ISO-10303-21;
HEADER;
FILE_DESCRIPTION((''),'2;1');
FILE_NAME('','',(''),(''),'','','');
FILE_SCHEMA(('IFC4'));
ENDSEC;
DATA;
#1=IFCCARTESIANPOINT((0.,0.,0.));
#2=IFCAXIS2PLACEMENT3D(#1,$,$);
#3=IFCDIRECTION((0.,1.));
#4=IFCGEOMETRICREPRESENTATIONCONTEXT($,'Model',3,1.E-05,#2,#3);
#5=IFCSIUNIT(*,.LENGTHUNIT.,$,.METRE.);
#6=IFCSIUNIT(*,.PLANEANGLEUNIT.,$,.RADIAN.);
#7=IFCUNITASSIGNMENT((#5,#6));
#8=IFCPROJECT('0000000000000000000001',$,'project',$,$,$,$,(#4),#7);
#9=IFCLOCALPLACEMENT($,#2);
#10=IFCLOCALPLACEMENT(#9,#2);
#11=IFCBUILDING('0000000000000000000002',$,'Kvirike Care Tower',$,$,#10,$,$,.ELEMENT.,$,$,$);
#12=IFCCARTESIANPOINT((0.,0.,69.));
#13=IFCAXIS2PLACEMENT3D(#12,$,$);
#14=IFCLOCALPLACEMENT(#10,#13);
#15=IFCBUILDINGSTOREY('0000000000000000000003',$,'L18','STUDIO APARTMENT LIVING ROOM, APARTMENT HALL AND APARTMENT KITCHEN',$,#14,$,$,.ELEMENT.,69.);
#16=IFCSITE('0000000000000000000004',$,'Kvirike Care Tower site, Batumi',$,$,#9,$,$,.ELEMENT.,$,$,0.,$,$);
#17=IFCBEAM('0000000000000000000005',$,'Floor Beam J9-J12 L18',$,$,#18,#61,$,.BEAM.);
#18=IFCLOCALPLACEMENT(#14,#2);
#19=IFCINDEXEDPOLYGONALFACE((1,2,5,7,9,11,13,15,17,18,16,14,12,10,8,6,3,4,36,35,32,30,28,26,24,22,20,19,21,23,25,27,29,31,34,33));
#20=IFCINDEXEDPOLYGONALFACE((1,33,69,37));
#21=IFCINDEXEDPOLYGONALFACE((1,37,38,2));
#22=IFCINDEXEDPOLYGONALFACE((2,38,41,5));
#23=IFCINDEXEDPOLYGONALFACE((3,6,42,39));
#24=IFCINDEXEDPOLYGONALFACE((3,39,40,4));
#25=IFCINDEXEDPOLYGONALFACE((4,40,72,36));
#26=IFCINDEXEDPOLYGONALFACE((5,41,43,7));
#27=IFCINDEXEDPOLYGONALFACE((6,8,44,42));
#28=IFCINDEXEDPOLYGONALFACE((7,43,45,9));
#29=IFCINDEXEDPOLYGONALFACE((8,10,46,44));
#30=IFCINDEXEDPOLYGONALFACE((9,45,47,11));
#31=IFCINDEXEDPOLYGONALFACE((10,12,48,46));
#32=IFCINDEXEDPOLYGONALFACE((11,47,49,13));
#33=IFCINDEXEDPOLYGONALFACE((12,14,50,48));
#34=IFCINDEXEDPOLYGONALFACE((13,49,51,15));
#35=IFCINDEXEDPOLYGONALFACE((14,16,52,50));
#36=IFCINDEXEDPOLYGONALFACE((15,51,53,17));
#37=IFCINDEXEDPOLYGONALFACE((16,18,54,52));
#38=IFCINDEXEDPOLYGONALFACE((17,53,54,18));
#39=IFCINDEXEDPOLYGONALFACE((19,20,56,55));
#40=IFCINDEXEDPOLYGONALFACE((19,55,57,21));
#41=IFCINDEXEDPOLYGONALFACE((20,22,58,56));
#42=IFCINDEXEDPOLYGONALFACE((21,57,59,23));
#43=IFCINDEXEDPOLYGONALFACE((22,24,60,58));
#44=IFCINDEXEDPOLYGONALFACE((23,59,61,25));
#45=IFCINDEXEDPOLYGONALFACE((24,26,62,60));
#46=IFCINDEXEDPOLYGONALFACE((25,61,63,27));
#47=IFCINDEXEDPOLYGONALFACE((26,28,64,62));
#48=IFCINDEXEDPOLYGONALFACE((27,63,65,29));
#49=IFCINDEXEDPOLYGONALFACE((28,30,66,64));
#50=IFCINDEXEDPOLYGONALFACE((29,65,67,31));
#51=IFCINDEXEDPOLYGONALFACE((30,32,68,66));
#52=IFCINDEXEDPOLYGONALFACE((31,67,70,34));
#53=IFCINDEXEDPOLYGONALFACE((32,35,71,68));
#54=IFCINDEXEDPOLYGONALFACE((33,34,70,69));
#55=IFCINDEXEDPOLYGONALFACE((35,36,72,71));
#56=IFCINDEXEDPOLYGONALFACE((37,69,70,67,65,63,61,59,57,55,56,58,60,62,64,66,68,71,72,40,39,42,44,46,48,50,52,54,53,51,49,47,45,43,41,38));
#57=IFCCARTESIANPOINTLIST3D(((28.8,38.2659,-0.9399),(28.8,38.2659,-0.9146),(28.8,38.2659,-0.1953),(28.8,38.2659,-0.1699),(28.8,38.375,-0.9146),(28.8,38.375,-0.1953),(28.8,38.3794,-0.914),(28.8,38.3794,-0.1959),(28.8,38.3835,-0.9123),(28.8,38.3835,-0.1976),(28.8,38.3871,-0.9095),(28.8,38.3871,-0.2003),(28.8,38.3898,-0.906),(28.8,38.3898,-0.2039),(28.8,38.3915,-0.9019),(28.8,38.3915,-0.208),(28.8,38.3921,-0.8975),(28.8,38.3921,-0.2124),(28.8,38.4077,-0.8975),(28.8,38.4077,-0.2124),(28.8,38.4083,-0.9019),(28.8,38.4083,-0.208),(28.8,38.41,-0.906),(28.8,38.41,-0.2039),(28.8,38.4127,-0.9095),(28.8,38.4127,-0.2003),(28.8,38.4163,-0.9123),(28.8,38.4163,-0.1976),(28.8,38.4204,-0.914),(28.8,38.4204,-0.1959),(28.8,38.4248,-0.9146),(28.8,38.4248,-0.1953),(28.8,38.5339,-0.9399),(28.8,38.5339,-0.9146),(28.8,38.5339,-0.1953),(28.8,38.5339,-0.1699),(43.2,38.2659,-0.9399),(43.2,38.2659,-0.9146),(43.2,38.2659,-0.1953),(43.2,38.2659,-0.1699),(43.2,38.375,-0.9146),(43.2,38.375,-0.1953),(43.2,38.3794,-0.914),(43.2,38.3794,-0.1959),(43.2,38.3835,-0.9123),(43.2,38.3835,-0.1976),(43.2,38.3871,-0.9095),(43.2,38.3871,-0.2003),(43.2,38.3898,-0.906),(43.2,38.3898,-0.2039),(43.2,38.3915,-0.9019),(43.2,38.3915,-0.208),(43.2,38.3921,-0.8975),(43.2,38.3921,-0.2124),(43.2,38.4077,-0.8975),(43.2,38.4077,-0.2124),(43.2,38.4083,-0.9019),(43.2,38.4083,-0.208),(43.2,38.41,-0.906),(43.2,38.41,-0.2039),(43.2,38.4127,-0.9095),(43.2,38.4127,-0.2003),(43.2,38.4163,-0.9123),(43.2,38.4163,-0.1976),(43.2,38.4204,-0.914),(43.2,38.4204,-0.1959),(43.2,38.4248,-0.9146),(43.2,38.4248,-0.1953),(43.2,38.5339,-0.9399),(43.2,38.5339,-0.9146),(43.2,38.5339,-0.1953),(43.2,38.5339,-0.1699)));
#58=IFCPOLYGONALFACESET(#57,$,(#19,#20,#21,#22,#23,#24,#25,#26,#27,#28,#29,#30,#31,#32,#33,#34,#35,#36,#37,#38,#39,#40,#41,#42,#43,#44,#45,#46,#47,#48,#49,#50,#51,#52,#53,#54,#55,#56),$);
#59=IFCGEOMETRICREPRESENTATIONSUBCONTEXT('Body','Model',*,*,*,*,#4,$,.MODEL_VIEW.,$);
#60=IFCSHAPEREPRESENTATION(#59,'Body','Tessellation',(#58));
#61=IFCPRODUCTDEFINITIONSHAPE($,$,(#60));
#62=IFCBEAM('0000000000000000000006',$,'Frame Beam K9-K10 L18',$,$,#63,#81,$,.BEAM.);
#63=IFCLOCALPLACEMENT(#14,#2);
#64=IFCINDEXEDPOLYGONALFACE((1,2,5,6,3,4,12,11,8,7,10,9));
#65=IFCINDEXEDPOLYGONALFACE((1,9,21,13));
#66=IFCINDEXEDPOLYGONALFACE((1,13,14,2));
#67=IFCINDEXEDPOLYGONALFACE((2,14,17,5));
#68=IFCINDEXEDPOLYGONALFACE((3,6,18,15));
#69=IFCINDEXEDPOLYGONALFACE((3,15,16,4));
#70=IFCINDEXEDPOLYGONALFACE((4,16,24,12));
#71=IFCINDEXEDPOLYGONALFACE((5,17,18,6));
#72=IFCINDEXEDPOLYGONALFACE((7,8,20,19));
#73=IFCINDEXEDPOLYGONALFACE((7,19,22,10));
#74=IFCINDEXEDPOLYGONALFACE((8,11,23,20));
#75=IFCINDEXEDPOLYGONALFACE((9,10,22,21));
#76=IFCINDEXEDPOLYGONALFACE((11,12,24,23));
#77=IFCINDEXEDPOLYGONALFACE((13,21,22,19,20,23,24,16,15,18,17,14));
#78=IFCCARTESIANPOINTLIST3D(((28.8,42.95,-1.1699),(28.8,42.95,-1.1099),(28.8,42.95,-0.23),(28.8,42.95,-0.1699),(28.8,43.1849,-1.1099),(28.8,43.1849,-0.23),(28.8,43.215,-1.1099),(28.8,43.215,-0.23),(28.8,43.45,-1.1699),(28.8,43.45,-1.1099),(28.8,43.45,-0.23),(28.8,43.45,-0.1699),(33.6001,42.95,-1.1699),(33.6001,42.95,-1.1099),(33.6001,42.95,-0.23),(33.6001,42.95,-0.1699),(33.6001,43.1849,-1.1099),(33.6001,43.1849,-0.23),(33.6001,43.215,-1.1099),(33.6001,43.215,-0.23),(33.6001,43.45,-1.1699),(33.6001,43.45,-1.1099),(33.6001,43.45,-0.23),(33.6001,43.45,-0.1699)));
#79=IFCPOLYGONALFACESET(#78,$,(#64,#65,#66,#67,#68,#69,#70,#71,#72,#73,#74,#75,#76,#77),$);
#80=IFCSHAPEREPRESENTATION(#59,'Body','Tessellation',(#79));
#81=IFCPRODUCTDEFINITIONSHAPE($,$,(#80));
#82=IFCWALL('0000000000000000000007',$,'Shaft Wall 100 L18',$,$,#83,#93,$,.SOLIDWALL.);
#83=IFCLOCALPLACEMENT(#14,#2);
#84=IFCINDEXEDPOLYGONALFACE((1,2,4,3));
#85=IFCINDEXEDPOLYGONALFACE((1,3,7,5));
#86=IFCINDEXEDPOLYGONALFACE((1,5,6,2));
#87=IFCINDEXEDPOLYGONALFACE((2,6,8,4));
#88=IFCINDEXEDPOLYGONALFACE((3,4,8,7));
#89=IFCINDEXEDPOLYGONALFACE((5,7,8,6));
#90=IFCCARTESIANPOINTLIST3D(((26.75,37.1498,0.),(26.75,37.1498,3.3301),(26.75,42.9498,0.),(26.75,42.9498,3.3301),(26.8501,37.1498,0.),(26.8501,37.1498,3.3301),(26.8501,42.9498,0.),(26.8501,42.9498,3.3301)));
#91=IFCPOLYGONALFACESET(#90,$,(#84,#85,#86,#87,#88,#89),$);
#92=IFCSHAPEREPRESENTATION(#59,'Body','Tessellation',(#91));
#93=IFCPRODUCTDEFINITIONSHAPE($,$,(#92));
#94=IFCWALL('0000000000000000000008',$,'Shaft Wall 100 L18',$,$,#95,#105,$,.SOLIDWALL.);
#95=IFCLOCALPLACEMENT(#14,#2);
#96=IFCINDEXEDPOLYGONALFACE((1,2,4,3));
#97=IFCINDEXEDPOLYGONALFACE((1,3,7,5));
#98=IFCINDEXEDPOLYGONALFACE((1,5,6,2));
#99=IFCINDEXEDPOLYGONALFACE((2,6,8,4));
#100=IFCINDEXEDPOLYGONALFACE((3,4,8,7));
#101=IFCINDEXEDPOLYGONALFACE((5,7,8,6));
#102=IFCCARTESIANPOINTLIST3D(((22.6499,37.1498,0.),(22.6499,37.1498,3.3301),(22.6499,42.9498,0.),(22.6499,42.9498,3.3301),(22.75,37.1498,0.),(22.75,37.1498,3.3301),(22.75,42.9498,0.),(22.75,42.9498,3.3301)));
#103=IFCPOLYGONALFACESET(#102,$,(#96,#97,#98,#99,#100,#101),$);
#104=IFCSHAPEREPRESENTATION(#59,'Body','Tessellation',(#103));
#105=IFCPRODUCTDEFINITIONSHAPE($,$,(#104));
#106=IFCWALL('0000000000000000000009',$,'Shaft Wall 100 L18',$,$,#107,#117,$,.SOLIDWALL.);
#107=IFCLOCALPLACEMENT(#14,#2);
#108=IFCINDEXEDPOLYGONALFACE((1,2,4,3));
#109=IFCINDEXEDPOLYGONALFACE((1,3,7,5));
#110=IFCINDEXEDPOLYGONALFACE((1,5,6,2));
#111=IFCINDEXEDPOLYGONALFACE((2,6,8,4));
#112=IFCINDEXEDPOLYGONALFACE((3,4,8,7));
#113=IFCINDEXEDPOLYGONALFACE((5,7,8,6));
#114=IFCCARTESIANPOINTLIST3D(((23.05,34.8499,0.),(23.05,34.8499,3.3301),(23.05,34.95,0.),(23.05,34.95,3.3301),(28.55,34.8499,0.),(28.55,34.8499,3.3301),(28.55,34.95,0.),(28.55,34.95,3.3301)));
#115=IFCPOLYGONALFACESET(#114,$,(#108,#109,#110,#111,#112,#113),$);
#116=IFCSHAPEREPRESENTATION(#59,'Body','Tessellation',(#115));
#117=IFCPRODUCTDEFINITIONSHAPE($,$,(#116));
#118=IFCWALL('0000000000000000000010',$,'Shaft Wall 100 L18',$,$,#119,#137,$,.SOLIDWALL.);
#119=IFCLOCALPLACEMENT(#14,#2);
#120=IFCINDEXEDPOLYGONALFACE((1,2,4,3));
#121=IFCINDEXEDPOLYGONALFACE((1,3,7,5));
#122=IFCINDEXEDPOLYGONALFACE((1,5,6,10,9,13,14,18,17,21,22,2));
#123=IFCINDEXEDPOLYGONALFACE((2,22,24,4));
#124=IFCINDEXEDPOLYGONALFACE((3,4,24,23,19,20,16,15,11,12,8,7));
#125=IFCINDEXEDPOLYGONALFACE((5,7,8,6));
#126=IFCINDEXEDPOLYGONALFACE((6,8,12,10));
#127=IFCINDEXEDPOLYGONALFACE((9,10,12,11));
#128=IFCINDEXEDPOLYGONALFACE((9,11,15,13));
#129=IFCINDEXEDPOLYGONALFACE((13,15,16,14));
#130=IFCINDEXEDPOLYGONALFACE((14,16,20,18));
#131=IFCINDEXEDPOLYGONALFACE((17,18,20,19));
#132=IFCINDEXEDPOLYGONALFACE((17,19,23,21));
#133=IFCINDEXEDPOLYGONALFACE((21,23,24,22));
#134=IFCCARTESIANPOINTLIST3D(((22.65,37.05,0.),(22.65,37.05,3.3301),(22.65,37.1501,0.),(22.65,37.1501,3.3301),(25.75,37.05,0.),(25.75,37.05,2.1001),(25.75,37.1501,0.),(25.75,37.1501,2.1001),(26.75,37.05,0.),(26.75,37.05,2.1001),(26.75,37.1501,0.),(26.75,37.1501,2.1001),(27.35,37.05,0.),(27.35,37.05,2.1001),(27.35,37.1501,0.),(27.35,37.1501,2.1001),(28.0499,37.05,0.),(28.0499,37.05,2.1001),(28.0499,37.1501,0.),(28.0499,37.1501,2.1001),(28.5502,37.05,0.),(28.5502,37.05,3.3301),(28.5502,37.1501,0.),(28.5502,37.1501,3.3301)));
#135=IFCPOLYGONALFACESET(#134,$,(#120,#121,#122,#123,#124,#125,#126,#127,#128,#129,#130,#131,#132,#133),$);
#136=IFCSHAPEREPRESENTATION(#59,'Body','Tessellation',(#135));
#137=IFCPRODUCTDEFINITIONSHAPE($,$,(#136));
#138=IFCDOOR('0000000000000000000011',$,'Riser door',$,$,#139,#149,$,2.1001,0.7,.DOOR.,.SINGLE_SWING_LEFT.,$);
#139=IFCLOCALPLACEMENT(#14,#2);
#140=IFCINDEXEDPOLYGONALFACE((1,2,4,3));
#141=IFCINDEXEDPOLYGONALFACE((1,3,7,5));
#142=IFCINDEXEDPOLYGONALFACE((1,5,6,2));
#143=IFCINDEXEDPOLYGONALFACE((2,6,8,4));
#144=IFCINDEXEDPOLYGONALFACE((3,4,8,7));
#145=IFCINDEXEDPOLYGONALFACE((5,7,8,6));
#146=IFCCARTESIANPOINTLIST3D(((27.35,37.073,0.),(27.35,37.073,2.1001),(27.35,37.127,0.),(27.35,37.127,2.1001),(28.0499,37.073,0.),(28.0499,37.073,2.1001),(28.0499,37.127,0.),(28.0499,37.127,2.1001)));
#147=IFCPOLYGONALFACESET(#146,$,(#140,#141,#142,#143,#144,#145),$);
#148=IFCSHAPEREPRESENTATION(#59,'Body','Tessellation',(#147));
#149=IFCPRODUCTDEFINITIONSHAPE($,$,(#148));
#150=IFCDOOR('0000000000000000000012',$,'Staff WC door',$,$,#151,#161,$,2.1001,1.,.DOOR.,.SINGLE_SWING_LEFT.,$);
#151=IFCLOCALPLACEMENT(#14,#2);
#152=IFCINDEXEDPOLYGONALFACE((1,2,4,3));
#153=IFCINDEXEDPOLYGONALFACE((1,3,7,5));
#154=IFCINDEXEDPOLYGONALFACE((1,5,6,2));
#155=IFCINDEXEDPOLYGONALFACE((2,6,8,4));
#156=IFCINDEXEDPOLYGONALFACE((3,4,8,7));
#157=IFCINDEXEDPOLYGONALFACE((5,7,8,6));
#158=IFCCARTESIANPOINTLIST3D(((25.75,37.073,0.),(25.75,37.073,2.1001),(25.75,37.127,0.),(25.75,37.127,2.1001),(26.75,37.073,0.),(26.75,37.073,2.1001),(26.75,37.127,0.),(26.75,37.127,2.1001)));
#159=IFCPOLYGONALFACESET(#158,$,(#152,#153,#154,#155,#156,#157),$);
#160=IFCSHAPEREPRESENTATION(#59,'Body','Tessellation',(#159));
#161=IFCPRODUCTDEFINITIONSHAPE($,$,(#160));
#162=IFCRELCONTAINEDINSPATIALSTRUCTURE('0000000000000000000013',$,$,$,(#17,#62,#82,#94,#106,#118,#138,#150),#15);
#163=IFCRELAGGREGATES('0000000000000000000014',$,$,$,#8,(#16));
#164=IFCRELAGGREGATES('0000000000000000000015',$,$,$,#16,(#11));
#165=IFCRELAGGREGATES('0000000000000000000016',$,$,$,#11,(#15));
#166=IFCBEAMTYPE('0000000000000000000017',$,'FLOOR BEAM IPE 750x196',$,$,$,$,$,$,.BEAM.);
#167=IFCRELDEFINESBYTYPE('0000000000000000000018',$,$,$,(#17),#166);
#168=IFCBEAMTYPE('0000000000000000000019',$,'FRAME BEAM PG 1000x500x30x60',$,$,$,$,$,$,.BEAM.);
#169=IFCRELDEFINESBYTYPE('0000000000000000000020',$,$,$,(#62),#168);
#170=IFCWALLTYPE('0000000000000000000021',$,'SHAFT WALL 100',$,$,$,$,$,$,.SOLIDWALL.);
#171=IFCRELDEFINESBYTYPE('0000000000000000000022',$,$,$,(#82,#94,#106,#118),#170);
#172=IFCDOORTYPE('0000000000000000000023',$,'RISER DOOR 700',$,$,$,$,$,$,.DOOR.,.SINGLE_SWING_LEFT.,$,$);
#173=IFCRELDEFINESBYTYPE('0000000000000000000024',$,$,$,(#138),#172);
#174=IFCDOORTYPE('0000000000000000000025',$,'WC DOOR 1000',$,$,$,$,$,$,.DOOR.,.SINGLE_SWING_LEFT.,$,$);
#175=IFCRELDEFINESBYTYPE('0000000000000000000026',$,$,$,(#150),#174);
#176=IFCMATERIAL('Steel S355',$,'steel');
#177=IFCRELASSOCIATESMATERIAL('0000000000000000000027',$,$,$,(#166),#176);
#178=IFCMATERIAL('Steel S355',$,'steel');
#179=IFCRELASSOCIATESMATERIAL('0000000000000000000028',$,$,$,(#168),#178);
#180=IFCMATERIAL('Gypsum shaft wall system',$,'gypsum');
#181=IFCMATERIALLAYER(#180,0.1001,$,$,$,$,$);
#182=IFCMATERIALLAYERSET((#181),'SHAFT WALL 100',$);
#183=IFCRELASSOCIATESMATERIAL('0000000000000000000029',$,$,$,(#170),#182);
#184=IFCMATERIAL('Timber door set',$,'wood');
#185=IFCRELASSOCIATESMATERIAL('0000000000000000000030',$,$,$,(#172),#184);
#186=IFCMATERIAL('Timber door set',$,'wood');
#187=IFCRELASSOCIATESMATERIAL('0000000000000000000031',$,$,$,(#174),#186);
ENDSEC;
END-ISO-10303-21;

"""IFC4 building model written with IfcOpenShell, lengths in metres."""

from ifc_helpers import new_model, si_unit, direction, frame, frame_2d, origin, origin_2d, place, context, subcontext, project, spatial, rectangle, i_section, extrude, material, layer, layer_set, material_profile, profile_set, type_object, element, fill, save


model = new_model("IFC4")

# Units and contexts
model_context = context("Model", 3, precision=1e-05, world=origin(), true_north=direction((0.0, 1.0)))
body_context = subcontext(model_context, "Body", "Model", "MODEL_VIEW")
ifc_project = project(units=[si_unit("LENGTHUNIT", "METRE"), si_unit("PLANEANGLEUNIT", "RADIAN")], contexts=[model_context])

# Site, building, storey
site_placement = place(None, origin())
site = spatial("IfcSite", under=ifc_project, at=site_placement, Name="Kvirike Care Tower site, Batumi", CompositionType="ELEMENT", RefElevation=0.0)
building_placement = place(site_placement, origin())
building = spatial("IfcBuilding", under=site, at=building_placement, Name="Kvirike Care Tower", CompositionType="ELEMENT")
storey_placement = place(building_placement, frame((0.0, 0.0, 69.0)))
storey = spatial("IfcBuildingStorey", under=building, at=storey_placement, Name="L18", Description="STUDIO APARTMENT LIVING ROOM, APARTMENT HALL AND APARTMENT KITCHEN", CompositionType="ELEMENT", Elevation=69.0)

# Beams
ifc_material_1 = material(Name="Steel S355", Category="steel")
ifc_material_profile_1 = material_profile(ifc_material_1, i_section(OverallWidth=0.2681, OverallDepth=0.77, WebThickness=0.0156, FlangeThickness=0.0254, FilletRadius=0.0171, at=origin_2d()), Name="IPE 750x196")
ifc_profile_set_1 = profile_set([ifc_material_profile_1], Name="Steel S355")
beam_type_1 = type_object("IfcBeamType", Name="FLOOR BEAM IPE 750x196", PredefinedType="BEAM", material=ifc_profile_set_1)
beam_1_placement = place(storey_placement, frame((28.8, 38.3999, -0.5549), z_axis=(1.0, 0.0, 0.0), x_axis=(0.0, 1.0, 0.0)))
element("IfcBeam", 1, at=beam_1_placement, inside=storey, type_object=beam_type_1, Name="Floor Beam J9-J12 L18", PredefinedType="BEAM", context=body_context, shape_type="SweptSolid", body=[
    extrude(i_section(OverallWidth=0.2681, OverallDepth=0.77, WebThickness=0.0156, FlangeThickness=0.0254, FilletRadius=0.0171, at=origin_2d()), origin(), (0.0, 0.0, 1.0), 14.3999),
])
ifc_material_2 = material(Name="Steel S355", Category="steel")
ifc_material_profile_2 = material_profile(ifc_material_2, i_section(OverallWidth=0.5, OverallDepth=1.0, WebThickness=0.03, FlangeThickness=0.0601, at=origin_2d()), Name="PG 1000x500x30x60")
ifc_profile_set_2 = profile_set([ifc_material_profile_2], Name="Steel S355")
beam_type_2 = type_object("IfcBeamType", Name="FRAME BEAM PG 1000x500x30x60", PredefinedType="BEAM", material=ifc_profile_set_2)
beam_2_placement = place(storey_placement, frame((28.8, 43.2, -0.6699), z_axis=(1.0, 0.0, 0.0), x_axis=(0.0, 1.0, 0.0)))
element("IfcBeam", 2, at=beam_2_placement, inside=storey, type_object=beam_type_2, Name="Frame Beam K9-K10 L18", PredefinedType="BEAM", context=body_context, shape_type="SweptSolid", body=[
    extrude(i_section(OverallWidth=0.5, OverallDepth=1.0, WebThickness=0.03, FlangeThickness=0.0601, at=origin_2d()), origin(), (0.0, 0.0, 1.0), 4.8),
])

# Walls
ifc_material_3 = material(Name="Gypsum shaft wall system", Category="gypsum")
ifc_layer = layer(ifc_material_3, 0.1001)
ifc_layer_set = layer_set([ifc_layer], Name="SHAFT WALL 100")
wall_type = type_object("IfcWallType", Name="SHAFT WALL 100", PredefinedType="SOLIDWALL", material=ifc_layer_set)
for number, where, z_axis, x_axis, name in (
    (3, (26.8, 37.1499, 0.0), (0.0, 0.0, 1.0), (0.0, 1.0, 0.0), "Shaft Wall 100 L18"),
    (4, (22.7, 37.1499, 0.0), (0.0, 0.0, 1.0), (0.0, 1.0, 0.0), "Shaft Wall 100 L18"),
):
    element("IfcWall", number, at=place(storey_placement, frame(where, z_axis=z_axis, x_axis=x_axis)), inside=storey, type_object=wall_type, Name=name, PredefinedType="SOLIDWALL", context=body_context, shape_type="SweptSolid", body=[
        extrude(rectangle(XDim=5.8, YDim=0.1001, at=frame_2d((2.8999, 0.0))), origin(), (0.0, 0.0, 1.0), 3.3301),
    ])
wall_1_placement = place(storey_placement, frame((23.05, 34.8999, 0.0), z_axis=(0.0, 0.0, 1.0), x_axis=(1.0, 0.0, 0.0)))
element("IfcWall", 5, at=wall_1_placement, inside=storey, type_object=wall_type, Name="Shaft Wall 100 L18", PredefinedType="SOLIDWALL", context=body_context, shape_type="SweptSolid", body=[
    extrude(rectangle(XDim=5.5, YDim=0.1001, at=frame_2d((2.75, 0.0))), origin(), (0.0, 0.0, 1.0), 3.3301),
])

# Wall, openings, doors
wall_2_placement = place(storey_placement, frame((22.6499, 37.1001, 0.0), z_axis=(0.0, 0.0, 1.0), x_axis=(1.0, 0.0, 0.0)))
wall_2 = element("IfcWall", 6, at=wall_2_placement, inside=storey, type_object=wall_type, Name="Shaft Wall 100 L18", PredefinedType="SOLIDWALL", context=body_context, shape_type="SweptSolid", body=[
    extrude(rectangle(XDim=5.9001, YDim=0.1001, at=frame_2d((2.9502, 0.0))), origin(), (0.0, 0.0, 1.0), 3.3301),
])
opening_1_placement = place(wall_2_placement, frame((3.1001, 0.0, 0.0)))
opening_1 = element("IfcOpeningElement", 7, at=opening_1_placement, cuts=wall_2, PredefinedType="OPENING", context=body_context, shape_type="SweptSolid", body=[
    extrude(rectangle(XDim=1.0, YDim=2.1001, at=frame_2d((0.5, 1.05))), frame((0.0, 0.0605, 0.0), z_axis=(0.0, -1.0, 0.0), x_axis=(1.0, 0.0, 0.0)), (0.0, 0.0, 1.0), 0.1211),
])
opening_2_placement = place(wall_2_placement, frame((4.7, 0.0, 0.0)))
opening_2 = element("IfcOpeningElement", 8, at=opening_2_placement, cuts=wall_2, PredefinedType="OPENING", context=body_context, shape_type="SweptSolid", body=[
    extrude(rectangle(XDim=0.7, YDim=2.1001, at=frame_2d((0.3501, 1.05))), frame((0.0, 0.0605, 0.0), z_axis=(0.0, -1.0, 0.0), x_axis=(1.0, 0.0, 0.0)), (0.0, 0.0, 1.0), 0.1211),
])
ifc_material_4 = material(Name="Timber door set", Category="wood")
door_type_1 = type_object("IfcDoorType", Name="RISER DOOR 700", OperationType="SINGLE_SWING_LEFT", PredefinedType="DOOR", material=ifc_material_4)
door_1_placement = place(opening_2_placement, origin())
door_1 = element("IfcDoor", 9, at=door_1_placement, inside=storey, type_object=door_type_1, Name="Riser door", OperationType="SINGLE_SWING_LEFT", OverallHeight=2.1001, OverallWidth=0.7, PredefinedType="DOOR", context=body_context, shape_type="SweptSolid", body=[
    extrude(rectangle(XDim=0.7, YDim=2.1001, at=frame_2d((0.3501, 1.05))), frame((0.0, 0.0269, 0.0), z_axis=(0.0, -1.0, 0.0), x_axis=(1.0, 0.0, 0.0)), (0.0, 0.0, 1.0), 0.054),
])
fill(opening_2, door_1)
ifc_material_5 = material(Name="Timber door set", Category="wood")
door_type_2 = type_object("IfcDoorType", Name="WC DOOR 1000", OperationType="SINGLE_SWING_LEFT", PredefinedType="DOOR", material=ifc_material_5)
door_2_placement = place(opening_1_placement, origin())
door_2 = element("IfcDoor", 10, at=door_2_placement, inside=storey, type_object=door_type_2, Name="Staff WC door", OperationType="SINGLE_SWING_LEFT", OverallHeight=2.1001, OverallWidth=1.0, PredefinedType="DOOR", context=body_context, shape_type="SweptSolid", body=[
    extrude(rectangle(XDim=1.0, YDim=2.1001, at=frame_2d((0.5, 1.05))), frame((0.0, 0.0269, 0.0), z_axis=(0.0, -1.0, 0.0), x_axis=(1.0, 0.0, 0.0)), (0.0, 0.0, 1.0), 0.054),
])
fill(opening_1, door_2)

save(model, "model.ifc")
